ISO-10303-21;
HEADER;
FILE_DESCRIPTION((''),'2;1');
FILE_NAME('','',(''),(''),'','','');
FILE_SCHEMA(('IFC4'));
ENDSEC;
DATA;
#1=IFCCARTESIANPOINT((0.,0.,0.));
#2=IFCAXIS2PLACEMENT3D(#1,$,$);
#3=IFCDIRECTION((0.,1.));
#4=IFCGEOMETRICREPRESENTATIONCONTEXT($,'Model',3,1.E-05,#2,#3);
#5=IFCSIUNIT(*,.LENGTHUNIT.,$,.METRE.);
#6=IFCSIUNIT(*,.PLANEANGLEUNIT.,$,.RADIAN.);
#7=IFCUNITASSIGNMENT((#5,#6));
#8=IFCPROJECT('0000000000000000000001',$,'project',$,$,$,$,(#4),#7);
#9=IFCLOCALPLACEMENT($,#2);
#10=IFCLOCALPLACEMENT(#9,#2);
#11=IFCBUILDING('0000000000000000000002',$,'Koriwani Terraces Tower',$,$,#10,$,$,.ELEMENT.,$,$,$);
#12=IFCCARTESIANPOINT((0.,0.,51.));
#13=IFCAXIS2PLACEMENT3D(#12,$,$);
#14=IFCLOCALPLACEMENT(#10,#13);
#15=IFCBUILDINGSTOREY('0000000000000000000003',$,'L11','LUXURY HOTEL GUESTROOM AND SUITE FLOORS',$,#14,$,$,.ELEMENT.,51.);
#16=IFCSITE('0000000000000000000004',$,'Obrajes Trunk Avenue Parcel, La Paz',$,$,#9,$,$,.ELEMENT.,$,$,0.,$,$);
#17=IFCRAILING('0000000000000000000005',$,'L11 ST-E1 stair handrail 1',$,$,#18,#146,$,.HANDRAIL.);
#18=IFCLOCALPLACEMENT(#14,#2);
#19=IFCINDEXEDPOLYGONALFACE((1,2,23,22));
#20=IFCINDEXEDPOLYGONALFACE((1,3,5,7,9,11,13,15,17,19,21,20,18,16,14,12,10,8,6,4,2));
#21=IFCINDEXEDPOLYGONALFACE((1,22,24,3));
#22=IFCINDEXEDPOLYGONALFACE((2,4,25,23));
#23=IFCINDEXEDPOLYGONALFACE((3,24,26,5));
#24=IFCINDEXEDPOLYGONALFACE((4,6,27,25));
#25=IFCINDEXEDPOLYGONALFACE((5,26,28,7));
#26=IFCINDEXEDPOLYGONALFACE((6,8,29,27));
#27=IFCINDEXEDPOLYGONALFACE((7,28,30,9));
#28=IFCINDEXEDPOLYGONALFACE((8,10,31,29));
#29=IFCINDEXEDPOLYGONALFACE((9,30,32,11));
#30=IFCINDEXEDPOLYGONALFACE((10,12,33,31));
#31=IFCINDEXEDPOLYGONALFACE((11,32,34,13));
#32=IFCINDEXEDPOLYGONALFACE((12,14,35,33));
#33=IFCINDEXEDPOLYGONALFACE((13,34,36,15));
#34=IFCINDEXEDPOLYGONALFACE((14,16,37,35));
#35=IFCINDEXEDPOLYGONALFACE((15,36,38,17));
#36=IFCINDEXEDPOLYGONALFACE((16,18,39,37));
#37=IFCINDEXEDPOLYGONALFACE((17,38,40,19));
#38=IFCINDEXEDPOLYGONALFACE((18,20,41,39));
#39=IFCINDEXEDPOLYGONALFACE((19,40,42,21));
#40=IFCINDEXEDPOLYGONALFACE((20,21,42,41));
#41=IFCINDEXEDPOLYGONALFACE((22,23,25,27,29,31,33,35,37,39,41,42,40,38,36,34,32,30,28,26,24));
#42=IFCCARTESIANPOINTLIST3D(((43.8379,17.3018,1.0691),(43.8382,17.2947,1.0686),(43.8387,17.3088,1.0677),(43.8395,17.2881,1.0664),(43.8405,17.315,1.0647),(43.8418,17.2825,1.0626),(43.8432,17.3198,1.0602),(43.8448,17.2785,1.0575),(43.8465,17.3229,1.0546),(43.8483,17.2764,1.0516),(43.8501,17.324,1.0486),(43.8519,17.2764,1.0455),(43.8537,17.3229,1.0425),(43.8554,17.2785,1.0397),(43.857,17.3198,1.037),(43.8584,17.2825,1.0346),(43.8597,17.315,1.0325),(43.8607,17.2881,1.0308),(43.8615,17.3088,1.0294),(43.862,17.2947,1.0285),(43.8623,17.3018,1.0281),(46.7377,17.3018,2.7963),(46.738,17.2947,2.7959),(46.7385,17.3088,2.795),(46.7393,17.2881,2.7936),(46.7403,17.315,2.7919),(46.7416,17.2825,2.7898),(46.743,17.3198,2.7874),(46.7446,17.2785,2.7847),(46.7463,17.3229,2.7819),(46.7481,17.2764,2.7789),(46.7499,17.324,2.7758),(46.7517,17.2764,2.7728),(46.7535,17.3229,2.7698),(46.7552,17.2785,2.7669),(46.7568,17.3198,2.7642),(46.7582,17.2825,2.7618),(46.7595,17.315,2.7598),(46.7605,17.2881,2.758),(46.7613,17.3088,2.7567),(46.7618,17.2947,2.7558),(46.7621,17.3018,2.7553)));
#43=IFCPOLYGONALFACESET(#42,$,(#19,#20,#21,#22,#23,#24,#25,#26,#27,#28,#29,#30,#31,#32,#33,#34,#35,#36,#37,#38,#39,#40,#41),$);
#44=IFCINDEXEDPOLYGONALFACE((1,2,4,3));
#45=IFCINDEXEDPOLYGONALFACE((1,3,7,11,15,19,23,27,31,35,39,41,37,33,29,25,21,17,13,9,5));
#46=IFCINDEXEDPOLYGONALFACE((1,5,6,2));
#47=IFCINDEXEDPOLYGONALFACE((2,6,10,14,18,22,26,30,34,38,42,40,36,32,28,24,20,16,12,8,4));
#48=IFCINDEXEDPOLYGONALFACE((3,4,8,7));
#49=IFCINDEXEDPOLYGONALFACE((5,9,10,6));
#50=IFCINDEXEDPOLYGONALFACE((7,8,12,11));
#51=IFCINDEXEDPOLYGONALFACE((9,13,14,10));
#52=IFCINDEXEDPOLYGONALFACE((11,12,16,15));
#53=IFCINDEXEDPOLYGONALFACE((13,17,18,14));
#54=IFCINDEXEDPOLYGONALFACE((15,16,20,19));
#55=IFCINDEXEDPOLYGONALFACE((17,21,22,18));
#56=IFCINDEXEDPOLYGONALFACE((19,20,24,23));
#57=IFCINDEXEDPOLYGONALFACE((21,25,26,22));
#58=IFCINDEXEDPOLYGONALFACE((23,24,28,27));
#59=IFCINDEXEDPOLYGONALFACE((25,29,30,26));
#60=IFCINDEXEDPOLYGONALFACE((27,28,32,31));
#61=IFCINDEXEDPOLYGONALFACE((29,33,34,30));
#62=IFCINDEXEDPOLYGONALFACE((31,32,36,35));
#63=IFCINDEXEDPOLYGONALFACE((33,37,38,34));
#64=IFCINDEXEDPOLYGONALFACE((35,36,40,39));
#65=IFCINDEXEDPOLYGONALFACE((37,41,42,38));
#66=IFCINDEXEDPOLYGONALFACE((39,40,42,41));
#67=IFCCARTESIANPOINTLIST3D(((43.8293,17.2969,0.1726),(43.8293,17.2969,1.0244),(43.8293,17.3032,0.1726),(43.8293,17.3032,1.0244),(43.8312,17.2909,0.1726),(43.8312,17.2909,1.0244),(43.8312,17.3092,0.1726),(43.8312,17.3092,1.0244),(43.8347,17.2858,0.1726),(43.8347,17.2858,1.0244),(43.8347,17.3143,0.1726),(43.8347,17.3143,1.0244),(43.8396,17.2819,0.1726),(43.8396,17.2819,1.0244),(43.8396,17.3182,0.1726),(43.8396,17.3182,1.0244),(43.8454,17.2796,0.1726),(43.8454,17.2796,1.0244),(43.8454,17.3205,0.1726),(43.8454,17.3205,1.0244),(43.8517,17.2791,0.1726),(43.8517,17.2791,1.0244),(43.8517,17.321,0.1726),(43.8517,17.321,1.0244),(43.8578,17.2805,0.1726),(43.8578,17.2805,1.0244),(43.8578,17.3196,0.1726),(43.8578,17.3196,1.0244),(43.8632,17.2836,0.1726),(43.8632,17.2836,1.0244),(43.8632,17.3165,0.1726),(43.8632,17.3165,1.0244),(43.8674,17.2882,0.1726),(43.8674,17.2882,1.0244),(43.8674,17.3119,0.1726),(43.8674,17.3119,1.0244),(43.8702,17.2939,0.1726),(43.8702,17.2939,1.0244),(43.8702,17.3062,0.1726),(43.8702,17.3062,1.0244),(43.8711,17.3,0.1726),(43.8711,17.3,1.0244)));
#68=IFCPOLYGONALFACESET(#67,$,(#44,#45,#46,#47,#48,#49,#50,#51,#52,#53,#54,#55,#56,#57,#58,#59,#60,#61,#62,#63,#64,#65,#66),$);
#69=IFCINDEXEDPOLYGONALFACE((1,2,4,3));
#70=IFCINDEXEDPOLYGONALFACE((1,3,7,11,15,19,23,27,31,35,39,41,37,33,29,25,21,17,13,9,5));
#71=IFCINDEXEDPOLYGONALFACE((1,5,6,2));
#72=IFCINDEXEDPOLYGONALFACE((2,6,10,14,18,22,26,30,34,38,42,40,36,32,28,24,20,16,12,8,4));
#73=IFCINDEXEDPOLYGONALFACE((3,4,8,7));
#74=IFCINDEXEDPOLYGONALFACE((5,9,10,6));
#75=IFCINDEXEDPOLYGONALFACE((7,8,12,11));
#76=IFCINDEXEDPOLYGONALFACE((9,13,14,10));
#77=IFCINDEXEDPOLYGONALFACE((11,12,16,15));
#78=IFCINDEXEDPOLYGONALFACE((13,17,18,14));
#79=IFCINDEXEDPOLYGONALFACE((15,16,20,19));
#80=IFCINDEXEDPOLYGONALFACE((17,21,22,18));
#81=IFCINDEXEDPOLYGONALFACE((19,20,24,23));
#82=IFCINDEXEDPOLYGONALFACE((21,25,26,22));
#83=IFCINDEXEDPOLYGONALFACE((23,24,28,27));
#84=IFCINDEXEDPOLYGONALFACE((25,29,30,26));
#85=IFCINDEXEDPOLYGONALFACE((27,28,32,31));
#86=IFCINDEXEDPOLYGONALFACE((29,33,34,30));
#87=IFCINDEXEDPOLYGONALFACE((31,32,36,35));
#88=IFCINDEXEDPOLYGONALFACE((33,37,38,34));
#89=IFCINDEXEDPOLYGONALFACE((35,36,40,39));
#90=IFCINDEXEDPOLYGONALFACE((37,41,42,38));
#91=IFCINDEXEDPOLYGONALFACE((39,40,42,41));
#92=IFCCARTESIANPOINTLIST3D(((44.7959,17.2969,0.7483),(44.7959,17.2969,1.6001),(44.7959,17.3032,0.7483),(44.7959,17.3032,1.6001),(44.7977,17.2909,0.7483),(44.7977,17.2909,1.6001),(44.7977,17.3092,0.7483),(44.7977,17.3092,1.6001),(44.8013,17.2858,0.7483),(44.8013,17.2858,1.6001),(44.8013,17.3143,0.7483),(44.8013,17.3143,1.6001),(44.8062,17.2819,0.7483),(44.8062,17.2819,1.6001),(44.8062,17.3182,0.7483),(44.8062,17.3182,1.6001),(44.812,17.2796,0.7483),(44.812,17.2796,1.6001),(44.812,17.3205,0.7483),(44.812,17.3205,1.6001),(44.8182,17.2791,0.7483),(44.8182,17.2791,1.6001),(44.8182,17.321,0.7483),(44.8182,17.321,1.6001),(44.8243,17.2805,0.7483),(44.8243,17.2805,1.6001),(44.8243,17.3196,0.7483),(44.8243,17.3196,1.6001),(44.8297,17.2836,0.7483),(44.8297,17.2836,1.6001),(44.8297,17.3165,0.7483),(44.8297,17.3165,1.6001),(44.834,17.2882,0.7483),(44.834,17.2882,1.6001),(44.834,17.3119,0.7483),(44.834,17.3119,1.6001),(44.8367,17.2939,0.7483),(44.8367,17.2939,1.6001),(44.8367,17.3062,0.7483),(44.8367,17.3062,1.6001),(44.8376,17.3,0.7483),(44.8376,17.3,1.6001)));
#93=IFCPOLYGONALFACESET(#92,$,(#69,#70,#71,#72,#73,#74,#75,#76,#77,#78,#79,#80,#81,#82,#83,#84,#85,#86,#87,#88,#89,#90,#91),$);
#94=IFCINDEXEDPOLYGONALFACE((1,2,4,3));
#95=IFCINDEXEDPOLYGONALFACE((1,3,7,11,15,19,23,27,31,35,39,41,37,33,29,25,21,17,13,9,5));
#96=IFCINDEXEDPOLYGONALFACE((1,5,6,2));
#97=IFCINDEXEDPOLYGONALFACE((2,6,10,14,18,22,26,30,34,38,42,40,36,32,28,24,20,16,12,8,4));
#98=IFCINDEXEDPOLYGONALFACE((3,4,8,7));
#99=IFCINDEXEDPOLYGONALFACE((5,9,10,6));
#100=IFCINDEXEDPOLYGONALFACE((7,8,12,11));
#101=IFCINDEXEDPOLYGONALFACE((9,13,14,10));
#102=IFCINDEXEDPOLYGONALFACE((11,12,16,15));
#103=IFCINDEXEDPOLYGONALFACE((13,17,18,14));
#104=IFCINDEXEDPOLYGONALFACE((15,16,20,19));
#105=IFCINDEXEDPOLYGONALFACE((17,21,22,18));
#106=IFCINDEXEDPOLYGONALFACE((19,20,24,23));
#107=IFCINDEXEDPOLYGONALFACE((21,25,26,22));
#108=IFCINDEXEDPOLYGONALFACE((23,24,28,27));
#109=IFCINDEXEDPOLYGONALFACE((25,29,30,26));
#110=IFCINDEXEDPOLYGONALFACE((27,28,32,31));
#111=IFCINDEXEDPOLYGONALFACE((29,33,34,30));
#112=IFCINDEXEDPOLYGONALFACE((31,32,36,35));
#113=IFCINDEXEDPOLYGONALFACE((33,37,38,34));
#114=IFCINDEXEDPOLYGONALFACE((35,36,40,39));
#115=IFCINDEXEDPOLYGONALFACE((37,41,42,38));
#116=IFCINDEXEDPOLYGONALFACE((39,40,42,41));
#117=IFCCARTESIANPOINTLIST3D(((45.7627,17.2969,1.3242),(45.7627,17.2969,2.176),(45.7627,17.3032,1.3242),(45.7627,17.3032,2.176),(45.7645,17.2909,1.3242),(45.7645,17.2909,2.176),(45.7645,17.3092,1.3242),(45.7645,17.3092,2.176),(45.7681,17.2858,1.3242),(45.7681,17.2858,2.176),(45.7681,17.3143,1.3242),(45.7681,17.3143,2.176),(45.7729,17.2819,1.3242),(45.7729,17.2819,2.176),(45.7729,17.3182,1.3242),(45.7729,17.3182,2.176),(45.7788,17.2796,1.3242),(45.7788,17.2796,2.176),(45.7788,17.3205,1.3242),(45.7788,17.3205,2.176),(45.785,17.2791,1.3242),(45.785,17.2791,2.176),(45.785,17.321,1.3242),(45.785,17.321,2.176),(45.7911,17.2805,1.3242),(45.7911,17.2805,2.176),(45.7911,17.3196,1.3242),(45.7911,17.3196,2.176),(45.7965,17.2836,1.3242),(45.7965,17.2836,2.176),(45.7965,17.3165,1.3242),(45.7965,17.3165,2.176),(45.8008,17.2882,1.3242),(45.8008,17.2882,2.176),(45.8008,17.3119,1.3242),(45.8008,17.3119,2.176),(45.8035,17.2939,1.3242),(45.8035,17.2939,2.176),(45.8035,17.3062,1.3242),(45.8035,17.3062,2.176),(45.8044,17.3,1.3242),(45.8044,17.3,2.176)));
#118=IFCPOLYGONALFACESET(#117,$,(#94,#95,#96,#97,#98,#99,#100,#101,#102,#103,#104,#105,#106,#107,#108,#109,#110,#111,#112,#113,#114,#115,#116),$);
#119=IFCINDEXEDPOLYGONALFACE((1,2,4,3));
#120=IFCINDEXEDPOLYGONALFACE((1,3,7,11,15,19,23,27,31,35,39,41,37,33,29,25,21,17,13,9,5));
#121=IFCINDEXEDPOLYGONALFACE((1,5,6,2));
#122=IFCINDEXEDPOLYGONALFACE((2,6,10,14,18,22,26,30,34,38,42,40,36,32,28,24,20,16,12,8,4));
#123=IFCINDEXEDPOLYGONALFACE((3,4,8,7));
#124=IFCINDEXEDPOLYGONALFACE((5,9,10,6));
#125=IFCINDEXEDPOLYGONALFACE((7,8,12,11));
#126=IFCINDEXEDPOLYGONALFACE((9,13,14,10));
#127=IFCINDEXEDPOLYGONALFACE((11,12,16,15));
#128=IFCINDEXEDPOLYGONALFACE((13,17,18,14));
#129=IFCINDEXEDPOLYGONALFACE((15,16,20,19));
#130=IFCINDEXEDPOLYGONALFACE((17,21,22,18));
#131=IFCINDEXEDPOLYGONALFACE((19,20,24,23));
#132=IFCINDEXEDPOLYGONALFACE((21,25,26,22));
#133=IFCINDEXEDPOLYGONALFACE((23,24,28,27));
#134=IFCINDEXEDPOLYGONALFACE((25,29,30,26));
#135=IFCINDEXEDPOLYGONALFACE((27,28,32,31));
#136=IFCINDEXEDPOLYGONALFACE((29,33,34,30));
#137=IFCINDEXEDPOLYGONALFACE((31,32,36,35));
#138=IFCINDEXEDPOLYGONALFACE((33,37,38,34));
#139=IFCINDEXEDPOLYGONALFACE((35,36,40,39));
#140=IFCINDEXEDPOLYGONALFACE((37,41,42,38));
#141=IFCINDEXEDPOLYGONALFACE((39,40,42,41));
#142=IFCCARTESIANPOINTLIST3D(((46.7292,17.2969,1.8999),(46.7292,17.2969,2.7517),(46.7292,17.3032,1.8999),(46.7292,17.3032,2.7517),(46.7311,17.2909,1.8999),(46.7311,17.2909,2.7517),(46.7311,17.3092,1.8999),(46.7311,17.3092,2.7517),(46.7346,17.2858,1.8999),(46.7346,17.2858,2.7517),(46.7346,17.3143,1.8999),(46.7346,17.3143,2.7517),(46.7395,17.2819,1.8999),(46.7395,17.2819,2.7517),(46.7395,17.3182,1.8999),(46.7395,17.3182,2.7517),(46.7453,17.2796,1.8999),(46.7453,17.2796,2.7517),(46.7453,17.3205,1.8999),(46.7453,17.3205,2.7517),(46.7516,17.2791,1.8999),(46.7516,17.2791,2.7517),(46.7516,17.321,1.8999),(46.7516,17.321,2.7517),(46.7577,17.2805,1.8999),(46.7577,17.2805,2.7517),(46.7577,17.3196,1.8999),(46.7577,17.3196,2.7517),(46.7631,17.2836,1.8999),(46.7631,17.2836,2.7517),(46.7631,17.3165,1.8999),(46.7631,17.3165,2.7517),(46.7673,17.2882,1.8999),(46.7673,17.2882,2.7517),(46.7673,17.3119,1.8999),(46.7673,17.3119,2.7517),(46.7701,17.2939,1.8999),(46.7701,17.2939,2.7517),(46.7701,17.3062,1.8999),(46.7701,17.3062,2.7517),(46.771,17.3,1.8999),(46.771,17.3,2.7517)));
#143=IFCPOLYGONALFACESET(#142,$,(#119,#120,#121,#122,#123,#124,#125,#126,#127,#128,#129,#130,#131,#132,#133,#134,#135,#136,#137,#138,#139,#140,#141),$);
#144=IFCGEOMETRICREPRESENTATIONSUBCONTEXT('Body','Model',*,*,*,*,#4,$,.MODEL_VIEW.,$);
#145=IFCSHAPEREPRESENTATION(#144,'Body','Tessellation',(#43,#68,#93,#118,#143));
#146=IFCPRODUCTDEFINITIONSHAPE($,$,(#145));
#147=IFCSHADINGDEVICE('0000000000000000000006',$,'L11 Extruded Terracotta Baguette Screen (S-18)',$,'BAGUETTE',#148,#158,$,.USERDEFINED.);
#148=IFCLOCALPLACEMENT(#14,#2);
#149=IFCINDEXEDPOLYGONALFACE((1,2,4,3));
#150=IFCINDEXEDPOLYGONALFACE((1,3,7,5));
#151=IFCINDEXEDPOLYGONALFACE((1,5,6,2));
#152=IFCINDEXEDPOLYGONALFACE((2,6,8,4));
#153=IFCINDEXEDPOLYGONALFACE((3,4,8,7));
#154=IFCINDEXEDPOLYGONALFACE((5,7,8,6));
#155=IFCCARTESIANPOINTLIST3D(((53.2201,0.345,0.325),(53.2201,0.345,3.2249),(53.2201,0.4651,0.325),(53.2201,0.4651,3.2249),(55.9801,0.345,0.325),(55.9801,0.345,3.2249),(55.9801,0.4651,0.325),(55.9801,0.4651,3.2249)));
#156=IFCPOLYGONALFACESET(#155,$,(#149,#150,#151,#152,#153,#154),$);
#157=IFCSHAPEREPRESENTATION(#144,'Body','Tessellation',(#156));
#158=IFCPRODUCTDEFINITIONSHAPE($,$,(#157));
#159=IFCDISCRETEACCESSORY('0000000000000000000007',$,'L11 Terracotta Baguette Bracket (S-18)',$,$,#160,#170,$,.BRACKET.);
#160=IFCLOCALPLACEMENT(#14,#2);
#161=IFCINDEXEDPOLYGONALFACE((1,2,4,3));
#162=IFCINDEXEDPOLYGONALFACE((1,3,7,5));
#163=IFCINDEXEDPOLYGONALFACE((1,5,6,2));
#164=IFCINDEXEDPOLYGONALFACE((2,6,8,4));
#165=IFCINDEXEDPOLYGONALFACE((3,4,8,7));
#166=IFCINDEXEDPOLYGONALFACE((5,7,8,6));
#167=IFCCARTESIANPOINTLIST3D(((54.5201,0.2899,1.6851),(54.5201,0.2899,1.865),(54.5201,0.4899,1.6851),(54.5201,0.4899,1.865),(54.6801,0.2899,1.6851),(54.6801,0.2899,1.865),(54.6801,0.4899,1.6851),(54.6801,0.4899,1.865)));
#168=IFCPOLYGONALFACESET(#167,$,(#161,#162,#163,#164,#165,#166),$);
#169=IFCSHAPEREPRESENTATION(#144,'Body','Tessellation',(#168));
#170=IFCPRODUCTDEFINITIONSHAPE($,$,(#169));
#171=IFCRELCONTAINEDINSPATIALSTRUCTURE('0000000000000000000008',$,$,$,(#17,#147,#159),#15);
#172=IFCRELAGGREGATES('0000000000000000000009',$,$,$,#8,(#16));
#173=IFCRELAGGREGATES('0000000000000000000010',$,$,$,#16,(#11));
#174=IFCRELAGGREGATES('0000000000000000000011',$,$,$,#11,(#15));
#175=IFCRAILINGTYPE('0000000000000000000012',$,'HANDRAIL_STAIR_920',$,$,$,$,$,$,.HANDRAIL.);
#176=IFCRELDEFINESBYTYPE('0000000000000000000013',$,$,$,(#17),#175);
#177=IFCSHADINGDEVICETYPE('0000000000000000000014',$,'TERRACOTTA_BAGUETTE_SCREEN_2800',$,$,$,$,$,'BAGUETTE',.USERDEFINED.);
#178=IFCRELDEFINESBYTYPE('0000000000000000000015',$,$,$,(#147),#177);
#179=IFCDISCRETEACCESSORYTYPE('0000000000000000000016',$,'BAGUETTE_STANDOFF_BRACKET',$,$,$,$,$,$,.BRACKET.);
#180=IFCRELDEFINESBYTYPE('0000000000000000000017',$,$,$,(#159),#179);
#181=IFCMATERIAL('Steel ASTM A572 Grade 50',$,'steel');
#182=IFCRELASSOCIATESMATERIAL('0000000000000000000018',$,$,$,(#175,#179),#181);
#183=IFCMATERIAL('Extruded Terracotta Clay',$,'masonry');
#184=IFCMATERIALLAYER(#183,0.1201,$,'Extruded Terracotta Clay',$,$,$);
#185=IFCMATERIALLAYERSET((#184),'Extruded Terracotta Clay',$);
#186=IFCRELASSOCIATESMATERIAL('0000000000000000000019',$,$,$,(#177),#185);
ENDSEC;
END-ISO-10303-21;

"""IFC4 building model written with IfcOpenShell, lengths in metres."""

from ifc_helpers import new_model, si_unit, direction, frame, origin, origin_2d, place, context, subcontext, project, spatial, rectangle, circle, extrude, material, layer, layer_set, type_object, element, save


model = new_model("IFC4")

# Units and contexts
model_context = context("Model", 3, precision=1e-05, world=origin(), true_north=direction((0.0, 1.0)))
body_context = subcontext(model_context, "Body", "Model", "MODEL_VIEW")
ifc_project = project(units=[si_unit("LENGTHUNIT", "METRE"), si_unit("PLANEANGLEUNIT", "RADIAN")], contexts=[model_context])

# Site, building, storey
site_placement = place(None, origin())
site = spatial("IfcSite", under=ifc_project, at=site_placement, Name="Obrajes Trunk Avenue Parcel, La Paz", CompositionType="ELEMENT", RefElevation=0.0)
building_placement = place(site_placement, origin())
building = spatial("IfcBuilding", under=site, at=building_placement, Name="Koriwani Terraces Tower", CompositionType="ELEMENT")
storey_placement = place(building_placement, frame((0.0, 0.0, 51.0)))
storey = spatial("IfcBuildingStorey", under=building, at=storey_placement, Name="L11", Description="LUXURY HOTEL GUESTROOM AND SUITE FLOORS", CompositionType="ELEMENT", Elevation=51.0)

# Shared definitions
ifc_material_1 = material(Name="Steel ASTM A572 Grade 50", Category="steel")

# Railing
railing_type = type_object("IfcRailingType", Name="HANDRAIL_STAIR_920", PredefinedType="HANDRAIL", material=ifc_material_1)
railing_placement = place(storey_placement, frame((43.8501, 17.3, 0.1726)))
element("IfcRailing", 1, at=railing_placement, inside=storey, type_object=railing_type, Name="L11 ST-E1 stair handrail 1", PredefinedType="HANDRAIL", context=body_context, shape_type="SweptSolid", body=[
    extrude(circle(Radius=0.0239, at=origin_2d()), frame((0.0, 0.0, 0.876), z_axis=(0.859141, 0.0, 0.511738), x_axis=(0.0, 1.0, 0.0)), (0.0, 0.0, 1.0), 3.3752),
    extrude(circle(Radius=0.021, at=origin_2d()), origin(), (0.0, 0.0, 1.0), 0.8518),
    extrude(circle(Radius=0.021, at=origin_2d()), frame((0.9666, 0.0, 0.5757)), (0.0, 0.0, 1.0), 0.8518),
    extrude(circle(Radius=0.021, at=origin_2d()), frame((1.9333, 0.0, 1.1516)), (0.0, 0.0, 1.0), 0.8518),
    extrude(circle(Radius=0.021, at=origin_2d()), frame((2.8999, 0.0, 1.7273)), (0.0, 0.0, 1.0), 0.8518),
])

# Shading device
ifc_material_2 = material(Name="Extruded Terracotta Clay", Category="masonry")
ifc_layer_1 = layer(ifc_material_2, 0.1201, Name="Extruded Terracotta Clay")
ifc_layer_set_1 = layer_set([ifc_layer_1], Name="Extruded Terracotta Clay")
shading_device_type = type_object("IfcShadingDeviceType", Name="TERRACOTTA_BAGUETTE_SCREEN_2800", ElementType="BAGUETTE", PredefinedType="USERDEFINED", material=ifc_layer_set_1)
shading_device_placement = place(storey_placement, frame((54.6001, 0.405, 0.325), z_axis=(0.0, 0.0, 1.0), x_axis=(-1.0, 0.0, 0.0)))
element("IfcShadingDevice", 2, at=shading_device_placement, inside=storey, type_object=shading_device_type, Name="L11 Extruded Terracotta Baguette Screen (S-18)", ObjectType="BAGUETTE", PredefinedType="USERDEFINED", context=body_context, shape_type="SweptSolid", body=[
    extrude(rectangle(XDim=2.76, YDim=0.1201, at=origin_2d()), origin(), (0.0, 0.0, 1.0), 2.8999),
])

# Discrete accessory
discrete_accessory_type = type_object("IfcDiscreteAccessoryType", Name="BAGUETTE_STANDOFF_BRACKET", PredefinedType="BRACKET", material=ifc_material_1)
discrete_accessory_placement = place(storey_placement, frame((54.6001, 0.3899, 1.6851), z_axis=(0.0, 0.0, 1.0), x_axis=(-1.0, 0.0, 0.0)))
element("IfcDiscreteAccessory", 3, at=discrete_accessory_placement, inside=storey, type_object=discrete_accessory_type, Name="L11 Terracotta Baguette Bracket (S-18)", PredefinedType="BRACKET", context=body_context, shape_type="SweptSolid", body=[
    extrude(rectangle(XDim=0.1599, YDim=0.2, at=origin_2d()), origin(), (0.0, 0.0, 1.0), 0.1799),
])

save(model, "model.ifc")
